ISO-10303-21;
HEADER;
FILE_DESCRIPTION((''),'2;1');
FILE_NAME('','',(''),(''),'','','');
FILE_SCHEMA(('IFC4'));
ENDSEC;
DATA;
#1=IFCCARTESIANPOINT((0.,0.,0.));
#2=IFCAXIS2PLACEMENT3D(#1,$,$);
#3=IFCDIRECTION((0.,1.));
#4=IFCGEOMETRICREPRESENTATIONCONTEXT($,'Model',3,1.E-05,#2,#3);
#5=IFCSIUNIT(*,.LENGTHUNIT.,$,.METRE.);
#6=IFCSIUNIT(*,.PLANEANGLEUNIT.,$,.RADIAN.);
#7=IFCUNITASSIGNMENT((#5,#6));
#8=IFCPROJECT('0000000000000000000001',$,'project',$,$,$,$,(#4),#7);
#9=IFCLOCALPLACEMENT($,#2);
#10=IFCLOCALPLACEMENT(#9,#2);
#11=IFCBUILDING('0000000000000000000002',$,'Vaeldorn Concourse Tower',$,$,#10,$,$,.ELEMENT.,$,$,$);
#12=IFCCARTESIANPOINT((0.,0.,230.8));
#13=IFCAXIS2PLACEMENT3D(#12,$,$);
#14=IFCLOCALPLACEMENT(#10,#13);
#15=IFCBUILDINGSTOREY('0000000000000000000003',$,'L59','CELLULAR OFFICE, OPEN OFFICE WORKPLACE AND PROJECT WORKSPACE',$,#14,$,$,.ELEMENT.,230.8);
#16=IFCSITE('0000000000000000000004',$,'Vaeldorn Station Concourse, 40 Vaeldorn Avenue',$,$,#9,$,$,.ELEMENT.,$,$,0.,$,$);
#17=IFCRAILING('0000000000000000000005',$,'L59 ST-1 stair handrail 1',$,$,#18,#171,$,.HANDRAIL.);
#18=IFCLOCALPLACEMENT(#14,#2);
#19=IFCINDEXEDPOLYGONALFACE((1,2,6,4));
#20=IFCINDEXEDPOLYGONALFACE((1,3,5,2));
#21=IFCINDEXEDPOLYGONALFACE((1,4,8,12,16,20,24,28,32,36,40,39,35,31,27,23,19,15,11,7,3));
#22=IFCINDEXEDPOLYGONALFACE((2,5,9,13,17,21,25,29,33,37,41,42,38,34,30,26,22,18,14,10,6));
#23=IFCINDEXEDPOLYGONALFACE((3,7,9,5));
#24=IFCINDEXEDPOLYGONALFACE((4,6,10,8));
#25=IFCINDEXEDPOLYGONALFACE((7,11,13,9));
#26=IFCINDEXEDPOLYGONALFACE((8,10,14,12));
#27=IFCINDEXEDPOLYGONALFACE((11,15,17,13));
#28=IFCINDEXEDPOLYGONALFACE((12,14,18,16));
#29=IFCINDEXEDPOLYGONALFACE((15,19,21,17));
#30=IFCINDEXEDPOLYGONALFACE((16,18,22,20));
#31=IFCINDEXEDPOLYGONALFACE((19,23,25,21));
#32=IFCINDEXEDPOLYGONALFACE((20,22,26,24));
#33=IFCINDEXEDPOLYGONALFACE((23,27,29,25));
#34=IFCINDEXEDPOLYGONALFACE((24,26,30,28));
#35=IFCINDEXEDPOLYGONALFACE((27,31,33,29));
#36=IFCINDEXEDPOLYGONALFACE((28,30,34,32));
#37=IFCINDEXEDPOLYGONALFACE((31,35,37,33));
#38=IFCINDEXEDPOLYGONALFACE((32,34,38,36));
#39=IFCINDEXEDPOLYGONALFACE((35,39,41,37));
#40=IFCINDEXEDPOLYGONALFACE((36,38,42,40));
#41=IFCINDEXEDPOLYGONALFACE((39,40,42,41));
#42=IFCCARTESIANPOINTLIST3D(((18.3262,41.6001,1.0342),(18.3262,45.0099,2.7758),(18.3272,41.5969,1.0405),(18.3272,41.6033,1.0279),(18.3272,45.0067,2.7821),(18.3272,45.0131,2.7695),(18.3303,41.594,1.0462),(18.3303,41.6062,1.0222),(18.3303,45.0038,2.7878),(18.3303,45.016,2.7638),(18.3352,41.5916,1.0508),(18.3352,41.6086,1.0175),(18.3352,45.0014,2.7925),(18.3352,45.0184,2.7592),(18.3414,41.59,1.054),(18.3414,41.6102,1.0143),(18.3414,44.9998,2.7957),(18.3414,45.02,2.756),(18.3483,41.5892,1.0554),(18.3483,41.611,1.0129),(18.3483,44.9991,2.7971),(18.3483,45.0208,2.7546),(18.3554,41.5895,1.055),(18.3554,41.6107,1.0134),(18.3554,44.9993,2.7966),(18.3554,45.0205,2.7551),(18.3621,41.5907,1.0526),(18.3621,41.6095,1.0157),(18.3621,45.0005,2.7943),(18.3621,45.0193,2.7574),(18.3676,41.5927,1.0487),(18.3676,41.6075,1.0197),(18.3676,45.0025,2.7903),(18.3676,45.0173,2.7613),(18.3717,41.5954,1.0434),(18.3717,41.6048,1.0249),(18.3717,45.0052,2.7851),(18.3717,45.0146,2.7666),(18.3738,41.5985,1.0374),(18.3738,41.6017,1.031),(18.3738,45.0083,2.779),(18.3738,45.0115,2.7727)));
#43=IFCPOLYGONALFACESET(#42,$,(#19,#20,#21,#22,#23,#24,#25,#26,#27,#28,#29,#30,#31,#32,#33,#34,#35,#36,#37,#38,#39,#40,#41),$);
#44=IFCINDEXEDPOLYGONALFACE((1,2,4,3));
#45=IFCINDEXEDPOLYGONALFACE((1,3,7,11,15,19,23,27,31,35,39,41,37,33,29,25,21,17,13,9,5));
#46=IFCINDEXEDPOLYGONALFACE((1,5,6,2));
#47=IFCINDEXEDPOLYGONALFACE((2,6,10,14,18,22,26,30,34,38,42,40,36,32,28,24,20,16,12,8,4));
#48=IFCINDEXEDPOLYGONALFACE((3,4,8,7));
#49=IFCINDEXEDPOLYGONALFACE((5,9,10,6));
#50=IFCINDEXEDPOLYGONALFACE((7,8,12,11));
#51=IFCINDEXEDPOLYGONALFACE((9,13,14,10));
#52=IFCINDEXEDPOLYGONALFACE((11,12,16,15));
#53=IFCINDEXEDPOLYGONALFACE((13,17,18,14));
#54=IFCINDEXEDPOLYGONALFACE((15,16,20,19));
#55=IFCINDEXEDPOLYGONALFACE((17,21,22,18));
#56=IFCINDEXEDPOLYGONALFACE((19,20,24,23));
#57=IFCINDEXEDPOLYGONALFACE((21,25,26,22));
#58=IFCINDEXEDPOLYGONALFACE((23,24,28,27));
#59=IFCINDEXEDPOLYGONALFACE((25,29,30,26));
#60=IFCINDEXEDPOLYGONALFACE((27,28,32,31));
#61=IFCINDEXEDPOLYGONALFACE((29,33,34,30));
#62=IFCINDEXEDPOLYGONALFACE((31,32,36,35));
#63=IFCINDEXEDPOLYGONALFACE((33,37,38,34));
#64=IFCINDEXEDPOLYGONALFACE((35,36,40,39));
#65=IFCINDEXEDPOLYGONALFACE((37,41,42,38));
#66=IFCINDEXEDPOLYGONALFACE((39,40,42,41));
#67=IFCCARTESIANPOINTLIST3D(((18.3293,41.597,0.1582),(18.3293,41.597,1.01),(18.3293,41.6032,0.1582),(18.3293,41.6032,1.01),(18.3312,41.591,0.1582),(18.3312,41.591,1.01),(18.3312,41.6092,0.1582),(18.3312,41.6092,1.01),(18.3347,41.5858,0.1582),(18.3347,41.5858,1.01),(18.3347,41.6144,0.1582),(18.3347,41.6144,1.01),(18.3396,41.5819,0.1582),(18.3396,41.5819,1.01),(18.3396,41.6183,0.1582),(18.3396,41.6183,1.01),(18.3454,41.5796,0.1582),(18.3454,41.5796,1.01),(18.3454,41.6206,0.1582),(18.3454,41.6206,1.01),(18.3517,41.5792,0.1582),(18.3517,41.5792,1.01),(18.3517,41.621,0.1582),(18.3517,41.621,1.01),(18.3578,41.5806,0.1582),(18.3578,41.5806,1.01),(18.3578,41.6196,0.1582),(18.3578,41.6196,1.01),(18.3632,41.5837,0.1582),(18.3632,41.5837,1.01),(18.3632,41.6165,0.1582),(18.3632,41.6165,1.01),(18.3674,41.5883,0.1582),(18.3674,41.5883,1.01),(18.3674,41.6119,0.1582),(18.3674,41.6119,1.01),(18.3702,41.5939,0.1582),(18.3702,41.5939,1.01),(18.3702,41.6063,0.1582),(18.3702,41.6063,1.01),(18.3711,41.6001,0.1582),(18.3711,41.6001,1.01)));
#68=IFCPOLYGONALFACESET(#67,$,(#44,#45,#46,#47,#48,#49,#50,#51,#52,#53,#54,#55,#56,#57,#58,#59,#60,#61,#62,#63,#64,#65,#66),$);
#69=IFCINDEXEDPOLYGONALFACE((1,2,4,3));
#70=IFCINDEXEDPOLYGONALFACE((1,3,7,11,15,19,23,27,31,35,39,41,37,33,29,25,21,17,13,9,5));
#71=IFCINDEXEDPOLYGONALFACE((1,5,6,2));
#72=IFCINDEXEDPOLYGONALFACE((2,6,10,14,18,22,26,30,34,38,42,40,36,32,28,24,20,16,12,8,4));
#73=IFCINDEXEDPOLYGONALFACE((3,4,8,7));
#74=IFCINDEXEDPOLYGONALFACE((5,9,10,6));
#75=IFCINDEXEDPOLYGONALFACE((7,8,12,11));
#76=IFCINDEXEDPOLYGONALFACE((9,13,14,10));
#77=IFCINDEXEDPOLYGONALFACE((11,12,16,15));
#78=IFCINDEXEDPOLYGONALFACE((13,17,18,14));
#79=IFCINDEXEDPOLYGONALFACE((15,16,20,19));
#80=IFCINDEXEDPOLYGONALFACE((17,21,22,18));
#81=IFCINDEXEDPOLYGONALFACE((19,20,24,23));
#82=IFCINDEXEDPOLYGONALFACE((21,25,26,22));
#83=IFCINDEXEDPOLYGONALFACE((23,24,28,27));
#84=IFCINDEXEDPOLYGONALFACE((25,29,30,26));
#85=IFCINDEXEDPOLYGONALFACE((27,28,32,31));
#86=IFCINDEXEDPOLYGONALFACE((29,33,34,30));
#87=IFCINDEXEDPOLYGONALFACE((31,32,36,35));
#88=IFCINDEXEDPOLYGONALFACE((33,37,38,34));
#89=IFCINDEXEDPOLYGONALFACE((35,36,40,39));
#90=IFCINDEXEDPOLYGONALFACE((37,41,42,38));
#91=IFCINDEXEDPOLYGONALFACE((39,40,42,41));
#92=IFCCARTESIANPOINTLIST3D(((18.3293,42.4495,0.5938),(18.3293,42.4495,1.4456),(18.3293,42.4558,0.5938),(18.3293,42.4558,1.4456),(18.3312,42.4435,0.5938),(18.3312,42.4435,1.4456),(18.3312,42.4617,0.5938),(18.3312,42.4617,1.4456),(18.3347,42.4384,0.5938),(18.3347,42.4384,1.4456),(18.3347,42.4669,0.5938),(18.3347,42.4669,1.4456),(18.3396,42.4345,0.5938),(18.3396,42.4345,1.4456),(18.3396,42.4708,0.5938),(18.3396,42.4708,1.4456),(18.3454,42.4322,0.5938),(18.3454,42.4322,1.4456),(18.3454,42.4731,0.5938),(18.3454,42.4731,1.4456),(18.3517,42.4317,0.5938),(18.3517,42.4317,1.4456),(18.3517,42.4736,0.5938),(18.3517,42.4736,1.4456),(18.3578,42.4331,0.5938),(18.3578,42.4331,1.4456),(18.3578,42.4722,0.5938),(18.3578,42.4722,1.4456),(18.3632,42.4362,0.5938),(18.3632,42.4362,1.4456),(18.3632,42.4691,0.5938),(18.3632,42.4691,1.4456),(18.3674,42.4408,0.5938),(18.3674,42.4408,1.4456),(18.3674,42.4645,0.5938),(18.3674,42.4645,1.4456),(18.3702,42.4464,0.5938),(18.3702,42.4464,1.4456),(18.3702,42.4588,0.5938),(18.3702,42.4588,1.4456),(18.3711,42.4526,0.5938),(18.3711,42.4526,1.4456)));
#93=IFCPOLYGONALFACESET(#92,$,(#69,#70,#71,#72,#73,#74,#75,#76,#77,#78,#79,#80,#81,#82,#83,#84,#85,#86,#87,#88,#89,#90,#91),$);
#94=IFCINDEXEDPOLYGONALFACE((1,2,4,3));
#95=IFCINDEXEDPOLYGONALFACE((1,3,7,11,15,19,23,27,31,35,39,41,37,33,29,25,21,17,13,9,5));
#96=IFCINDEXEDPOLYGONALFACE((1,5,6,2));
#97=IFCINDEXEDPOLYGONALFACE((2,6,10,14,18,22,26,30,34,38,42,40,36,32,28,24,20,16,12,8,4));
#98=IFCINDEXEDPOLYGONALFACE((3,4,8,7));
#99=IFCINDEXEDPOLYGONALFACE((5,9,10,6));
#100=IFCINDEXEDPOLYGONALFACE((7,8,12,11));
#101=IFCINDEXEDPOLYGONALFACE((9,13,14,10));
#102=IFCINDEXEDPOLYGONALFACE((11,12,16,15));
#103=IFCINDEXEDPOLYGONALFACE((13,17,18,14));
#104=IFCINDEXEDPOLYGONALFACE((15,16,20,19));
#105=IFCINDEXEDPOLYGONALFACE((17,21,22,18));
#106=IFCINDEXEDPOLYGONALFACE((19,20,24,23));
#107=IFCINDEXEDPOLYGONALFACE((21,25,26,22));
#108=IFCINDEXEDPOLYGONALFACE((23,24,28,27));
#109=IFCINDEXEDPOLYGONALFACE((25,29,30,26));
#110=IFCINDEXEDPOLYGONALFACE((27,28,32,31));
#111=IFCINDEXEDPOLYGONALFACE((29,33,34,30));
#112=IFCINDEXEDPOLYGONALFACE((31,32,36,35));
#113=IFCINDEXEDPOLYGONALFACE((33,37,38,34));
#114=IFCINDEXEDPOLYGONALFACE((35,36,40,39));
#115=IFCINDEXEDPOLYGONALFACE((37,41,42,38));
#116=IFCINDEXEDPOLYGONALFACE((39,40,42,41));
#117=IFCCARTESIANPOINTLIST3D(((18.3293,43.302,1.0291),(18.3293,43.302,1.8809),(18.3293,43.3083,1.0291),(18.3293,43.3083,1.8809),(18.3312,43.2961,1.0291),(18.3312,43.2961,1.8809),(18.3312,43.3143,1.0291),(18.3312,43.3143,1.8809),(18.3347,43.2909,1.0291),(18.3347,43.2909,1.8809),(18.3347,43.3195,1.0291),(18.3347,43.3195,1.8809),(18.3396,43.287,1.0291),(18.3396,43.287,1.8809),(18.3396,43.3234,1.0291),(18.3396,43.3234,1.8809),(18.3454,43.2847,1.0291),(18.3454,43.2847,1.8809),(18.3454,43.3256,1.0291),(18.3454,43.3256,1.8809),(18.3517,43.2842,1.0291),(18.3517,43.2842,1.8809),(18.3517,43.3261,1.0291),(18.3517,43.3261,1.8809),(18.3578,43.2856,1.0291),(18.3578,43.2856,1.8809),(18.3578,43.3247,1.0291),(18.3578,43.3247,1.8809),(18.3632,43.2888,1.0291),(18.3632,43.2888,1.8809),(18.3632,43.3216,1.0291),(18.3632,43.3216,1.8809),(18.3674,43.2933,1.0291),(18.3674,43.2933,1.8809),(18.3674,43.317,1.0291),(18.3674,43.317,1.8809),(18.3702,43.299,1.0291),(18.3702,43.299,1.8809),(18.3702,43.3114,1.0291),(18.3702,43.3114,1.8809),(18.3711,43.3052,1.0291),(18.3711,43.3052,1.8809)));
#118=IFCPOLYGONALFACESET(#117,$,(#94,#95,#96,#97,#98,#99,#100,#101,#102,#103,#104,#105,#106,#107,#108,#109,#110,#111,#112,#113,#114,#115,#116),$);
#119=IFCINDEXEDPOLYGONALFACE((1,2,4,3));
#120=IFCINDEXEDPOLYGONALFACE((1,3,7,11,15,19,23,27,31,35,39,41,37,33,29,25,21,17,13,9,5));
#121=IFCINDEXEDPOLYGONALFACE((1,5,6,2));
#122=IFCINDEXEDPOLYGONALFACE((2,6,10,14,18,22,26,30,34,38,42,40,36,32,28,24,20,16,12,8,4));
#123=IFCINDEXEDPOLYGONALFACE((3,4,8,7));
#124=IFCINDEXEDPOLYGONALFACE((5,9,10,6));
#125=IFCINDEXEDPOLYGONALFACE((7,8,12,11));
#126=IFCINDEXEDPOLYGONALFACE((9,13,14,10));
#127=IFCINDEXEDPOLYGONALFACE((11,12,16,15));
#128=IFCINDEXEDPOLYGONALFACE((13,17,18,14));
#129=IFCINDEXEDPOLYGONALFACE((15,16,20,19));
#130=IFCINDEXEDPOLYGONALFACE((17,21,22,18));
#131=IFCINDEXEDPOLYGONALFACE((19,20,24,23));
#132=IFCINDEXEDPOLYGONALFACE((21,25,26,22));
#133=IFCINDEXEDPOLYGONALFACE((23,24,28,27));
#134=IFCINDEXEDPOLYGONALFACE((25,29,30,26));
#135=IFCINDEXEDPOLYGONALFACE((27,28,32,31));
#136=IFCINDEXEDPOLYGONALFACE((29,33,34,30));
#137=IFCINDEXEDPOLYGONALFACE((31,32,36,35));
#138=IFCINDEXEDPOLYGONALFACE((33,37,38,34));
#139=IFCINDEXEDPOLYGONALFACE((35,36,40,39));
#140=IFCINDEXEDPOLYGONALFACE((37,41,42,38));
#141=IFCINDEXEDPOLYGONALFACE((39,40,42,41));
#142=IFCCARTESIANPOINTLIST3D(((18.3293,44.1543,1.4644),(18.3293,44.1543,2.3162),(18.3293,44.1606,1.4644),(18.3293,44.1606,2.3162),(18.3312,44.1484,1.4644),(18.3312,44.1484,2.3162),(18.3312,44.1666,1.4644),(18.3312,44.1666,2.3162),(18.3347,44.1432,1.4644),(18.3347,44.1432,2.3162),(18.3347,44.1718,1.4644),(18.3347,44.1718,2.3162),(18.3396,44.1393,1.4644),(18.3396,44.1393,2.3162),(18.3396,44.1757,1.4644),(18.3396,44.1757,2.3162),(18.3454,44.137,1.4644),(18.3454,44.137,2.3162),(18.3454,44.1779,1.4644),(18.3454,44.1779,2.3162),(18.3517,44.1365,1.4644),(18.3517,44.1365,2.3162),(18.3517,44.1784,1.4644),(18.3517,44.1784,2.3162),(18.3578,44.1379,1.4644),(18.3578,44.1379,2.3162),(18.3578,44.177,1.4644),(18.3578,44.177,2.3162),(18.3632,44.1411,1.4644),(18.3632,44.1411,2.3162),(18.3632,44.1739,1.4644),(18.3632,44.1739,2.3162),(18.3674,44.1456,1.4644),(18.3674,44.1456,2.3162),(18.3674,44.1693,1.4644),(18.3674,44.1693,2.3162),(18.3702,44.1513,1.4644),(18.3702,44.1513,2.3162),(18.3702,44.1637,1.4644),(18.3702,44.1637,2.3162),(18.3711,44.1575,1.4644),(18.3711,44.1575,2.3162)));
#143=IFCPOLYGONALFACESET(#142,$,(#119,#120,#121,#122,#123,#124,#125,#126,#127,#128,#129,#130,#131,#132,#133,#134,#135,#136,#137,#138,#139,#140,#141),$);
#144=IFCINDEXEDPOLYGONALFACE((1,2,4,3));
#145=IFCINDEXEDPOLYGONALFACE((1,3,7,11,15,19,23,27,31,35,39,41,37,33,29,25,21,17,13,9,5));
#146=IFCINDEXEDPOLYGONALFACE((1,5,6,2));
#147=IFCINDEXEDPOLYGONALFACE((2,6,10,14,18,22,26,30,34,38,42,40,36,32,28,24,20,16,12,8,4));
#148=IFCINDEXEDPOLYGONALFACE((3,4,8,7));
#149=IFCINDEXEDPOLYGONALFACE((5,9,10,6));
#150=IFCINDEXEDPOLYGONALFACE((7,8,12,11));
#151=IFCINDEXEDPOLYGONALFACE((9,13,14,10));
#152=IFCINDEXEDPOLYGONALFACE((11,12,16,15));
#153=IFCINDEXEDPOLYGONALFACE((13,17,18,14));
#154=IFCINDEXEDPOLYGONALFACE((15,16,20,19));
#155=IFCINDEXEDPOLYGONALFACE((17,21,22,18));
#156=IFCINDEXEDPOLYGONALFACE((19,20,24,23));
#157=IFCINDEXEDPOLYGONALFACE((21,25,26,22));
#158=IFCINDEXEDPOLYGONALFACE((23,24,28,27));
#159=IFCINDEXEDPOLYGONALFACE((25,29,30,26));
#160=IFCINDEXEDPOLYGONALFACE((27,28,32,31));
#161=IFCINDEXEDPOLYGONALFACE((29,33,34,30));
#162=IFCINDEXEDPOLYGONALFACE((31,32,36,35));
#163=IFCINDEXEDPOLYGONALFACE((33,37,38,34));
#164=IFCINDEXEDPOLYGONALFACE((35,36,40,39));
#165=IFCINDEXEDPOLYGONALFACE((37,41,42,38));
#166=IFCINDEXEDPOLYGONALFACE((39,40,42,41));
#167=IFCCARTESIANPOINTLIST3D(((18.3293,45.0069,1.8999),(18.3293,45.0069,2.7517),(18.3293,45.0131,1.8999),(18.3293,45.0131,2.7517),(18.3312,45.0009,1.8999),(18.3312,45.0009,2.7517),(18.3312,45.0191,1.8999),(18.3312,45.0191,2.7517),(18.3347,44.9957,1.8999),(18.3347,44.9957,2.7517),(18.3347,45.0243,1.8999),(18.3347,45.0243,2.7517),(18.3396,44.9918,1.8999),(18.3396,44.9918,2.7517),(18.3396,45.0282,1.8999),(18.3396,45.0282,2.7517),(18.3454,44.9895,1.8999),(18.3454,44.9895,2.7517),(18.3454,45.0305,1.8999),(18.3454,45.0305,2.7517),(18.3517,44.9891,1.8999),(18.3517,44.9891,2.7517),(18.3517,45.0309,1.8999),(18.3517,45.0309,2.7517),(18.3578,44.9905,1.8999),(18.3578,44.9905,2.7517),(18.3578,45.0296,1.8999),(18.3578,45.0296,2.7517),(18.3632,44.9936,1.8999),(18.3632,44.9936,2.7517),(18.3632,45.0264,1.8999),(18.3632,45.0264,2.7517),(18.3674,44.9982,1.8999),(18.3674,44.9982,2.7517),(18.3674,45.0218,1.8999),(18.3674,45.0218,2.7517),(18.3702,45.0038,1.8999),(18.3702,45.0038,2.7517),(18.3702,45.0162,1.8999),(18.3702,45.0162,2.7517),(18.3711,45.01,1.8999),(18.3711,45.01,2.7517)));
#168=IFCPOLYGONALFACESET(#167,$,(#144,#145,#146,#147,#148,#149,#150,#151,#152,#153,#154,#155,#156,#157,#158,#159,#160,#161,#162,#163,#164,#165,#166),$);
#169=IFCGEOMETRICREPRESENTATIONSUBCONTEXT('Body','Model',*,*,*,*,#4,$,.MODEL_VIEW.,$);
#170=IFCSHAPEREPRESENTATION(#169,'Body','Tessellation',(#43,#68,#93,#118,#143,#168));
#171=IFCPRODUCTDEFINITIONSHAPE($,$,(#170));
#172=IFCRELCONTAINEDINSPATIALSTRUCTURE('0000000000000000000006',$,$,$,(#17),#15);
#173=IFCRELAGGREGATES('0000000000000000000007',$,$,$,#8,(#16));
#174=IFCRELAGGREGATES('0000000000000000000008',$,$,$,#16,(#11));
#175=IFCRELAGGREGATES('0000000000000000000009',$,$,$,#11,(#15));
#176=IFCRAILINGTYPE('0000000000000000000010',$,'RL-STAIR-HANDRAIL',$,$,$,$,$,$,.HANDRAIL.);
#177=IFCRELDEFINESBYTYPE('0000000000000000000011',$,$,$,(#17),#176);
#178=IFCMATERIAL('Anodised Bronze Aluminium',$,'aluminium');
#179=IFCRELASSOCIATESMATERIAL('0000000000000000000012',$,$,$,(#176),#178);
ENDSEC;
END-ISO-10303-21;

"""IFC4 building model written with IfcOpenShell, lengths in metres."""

from ifc_helpers import new_model, si_unit, direction, frame, origin, origin_2d, place, context, subcontext, project, spatial, circle, extrude, material, type_object, element, save


model = new_model("IFC4")

# Units and contexts
model_context = context("Model", 3, precision=1e-05, world=origin(), true_north=direction((0.0, 1.0)))
body_context = subcontext(model_context, "Body", "Model", "MODEL_VIEW")
ifc_project = project(units=[si_unit("LENGTHUNIT", "METRE"), si_unit("PLANEANGLEUNIT", "RADIAN")], contexts=[model_context])

# Site, building, storey
site_placement = place(None, origin())
site = spatial("IfcSite", under=ifc_project, at=site_placement, Name="Vaeldorn Station Concourse, 40 Vaeldorn Avenue", CompositionType="ELEMENT", RefElevation=0.0)
building_placement = place(site_placement, origin())
building = spatial("IfcBuilding", under=site, at=building_placement, Name="Vaeldorn Concourse Tower", CompositionType="ELEMENT")
storey_placement = place(building_placement, frame((0.0, 0.0, 230.8)))
storey = spatial("IfcBuildingStorey", under=building, at=storey_placement, Name="L59", Description="CELLULAR OFFICE, OPEN OFFICE WORKPLACE AND PROJECT WORKSPACE", CompositionType="ELEMENT", Elevation=230.8)

# Shared definitions
ifc_material_1 = material(Name="Anodised Bronze Aluminium", Category="aluminium")

# Railing
railing_type_1 = type_object("IfcRailingType", Name="RL-STAIR-HANDRAIL", PredefinedType="HANDRAIL", material=ifc_material_1)
railing_1_placement = place(storey_placement, frame((18.3501, 41.6001, 0.1582)))
element("IfcRailing", 1, at=railing_1_placement, inside=storey, type_object=railing_type_1, Name="L59 ST-1 stair handrail 1", PredefinedType="HANDRAIL", context=body_context, shape_type="SweptSolid", body=[
    extrude(circle(Radius=0.0239, at=origin_2d()), frame((0.0, 0.0, 0.876), z_axis=(0.0, 0.890556, 0.454874), x_axis=(-1.0, 0.0, 0.0)), (0.0, 0.0, 1.0), 3.8289),
    extrude(circle(Radius=0.021, at=origin_2d()), origin(), (0.0, 0.0, 1.0), 0.8518),
    extrude(circle(Radius=0.021, at=origin_2d()), frame((0.0, 0.8525, 0.4355)), (0.0, 0.0, 1.0), 0.8518),
    extrude(circle(Radius=0.021, at=origin_2d()), frame((0.0, 1.7051, 0.8708)), (0.0, 0.0, 1.0), 0.8518),
    extrude(circle(Radius=0.021, at=origin_2d()), frame((0.0, 2.5574, 1.3062)), (0.0, 0.0, 1.0), 0.8518),
    extrude(circle(Radius=0.021, at=origin_2d()), frame((0.0, 3.4099, 1.7417)), (0.0, 0.0, 1.0), 0.8518),
])

save(model, "model.ifc")
